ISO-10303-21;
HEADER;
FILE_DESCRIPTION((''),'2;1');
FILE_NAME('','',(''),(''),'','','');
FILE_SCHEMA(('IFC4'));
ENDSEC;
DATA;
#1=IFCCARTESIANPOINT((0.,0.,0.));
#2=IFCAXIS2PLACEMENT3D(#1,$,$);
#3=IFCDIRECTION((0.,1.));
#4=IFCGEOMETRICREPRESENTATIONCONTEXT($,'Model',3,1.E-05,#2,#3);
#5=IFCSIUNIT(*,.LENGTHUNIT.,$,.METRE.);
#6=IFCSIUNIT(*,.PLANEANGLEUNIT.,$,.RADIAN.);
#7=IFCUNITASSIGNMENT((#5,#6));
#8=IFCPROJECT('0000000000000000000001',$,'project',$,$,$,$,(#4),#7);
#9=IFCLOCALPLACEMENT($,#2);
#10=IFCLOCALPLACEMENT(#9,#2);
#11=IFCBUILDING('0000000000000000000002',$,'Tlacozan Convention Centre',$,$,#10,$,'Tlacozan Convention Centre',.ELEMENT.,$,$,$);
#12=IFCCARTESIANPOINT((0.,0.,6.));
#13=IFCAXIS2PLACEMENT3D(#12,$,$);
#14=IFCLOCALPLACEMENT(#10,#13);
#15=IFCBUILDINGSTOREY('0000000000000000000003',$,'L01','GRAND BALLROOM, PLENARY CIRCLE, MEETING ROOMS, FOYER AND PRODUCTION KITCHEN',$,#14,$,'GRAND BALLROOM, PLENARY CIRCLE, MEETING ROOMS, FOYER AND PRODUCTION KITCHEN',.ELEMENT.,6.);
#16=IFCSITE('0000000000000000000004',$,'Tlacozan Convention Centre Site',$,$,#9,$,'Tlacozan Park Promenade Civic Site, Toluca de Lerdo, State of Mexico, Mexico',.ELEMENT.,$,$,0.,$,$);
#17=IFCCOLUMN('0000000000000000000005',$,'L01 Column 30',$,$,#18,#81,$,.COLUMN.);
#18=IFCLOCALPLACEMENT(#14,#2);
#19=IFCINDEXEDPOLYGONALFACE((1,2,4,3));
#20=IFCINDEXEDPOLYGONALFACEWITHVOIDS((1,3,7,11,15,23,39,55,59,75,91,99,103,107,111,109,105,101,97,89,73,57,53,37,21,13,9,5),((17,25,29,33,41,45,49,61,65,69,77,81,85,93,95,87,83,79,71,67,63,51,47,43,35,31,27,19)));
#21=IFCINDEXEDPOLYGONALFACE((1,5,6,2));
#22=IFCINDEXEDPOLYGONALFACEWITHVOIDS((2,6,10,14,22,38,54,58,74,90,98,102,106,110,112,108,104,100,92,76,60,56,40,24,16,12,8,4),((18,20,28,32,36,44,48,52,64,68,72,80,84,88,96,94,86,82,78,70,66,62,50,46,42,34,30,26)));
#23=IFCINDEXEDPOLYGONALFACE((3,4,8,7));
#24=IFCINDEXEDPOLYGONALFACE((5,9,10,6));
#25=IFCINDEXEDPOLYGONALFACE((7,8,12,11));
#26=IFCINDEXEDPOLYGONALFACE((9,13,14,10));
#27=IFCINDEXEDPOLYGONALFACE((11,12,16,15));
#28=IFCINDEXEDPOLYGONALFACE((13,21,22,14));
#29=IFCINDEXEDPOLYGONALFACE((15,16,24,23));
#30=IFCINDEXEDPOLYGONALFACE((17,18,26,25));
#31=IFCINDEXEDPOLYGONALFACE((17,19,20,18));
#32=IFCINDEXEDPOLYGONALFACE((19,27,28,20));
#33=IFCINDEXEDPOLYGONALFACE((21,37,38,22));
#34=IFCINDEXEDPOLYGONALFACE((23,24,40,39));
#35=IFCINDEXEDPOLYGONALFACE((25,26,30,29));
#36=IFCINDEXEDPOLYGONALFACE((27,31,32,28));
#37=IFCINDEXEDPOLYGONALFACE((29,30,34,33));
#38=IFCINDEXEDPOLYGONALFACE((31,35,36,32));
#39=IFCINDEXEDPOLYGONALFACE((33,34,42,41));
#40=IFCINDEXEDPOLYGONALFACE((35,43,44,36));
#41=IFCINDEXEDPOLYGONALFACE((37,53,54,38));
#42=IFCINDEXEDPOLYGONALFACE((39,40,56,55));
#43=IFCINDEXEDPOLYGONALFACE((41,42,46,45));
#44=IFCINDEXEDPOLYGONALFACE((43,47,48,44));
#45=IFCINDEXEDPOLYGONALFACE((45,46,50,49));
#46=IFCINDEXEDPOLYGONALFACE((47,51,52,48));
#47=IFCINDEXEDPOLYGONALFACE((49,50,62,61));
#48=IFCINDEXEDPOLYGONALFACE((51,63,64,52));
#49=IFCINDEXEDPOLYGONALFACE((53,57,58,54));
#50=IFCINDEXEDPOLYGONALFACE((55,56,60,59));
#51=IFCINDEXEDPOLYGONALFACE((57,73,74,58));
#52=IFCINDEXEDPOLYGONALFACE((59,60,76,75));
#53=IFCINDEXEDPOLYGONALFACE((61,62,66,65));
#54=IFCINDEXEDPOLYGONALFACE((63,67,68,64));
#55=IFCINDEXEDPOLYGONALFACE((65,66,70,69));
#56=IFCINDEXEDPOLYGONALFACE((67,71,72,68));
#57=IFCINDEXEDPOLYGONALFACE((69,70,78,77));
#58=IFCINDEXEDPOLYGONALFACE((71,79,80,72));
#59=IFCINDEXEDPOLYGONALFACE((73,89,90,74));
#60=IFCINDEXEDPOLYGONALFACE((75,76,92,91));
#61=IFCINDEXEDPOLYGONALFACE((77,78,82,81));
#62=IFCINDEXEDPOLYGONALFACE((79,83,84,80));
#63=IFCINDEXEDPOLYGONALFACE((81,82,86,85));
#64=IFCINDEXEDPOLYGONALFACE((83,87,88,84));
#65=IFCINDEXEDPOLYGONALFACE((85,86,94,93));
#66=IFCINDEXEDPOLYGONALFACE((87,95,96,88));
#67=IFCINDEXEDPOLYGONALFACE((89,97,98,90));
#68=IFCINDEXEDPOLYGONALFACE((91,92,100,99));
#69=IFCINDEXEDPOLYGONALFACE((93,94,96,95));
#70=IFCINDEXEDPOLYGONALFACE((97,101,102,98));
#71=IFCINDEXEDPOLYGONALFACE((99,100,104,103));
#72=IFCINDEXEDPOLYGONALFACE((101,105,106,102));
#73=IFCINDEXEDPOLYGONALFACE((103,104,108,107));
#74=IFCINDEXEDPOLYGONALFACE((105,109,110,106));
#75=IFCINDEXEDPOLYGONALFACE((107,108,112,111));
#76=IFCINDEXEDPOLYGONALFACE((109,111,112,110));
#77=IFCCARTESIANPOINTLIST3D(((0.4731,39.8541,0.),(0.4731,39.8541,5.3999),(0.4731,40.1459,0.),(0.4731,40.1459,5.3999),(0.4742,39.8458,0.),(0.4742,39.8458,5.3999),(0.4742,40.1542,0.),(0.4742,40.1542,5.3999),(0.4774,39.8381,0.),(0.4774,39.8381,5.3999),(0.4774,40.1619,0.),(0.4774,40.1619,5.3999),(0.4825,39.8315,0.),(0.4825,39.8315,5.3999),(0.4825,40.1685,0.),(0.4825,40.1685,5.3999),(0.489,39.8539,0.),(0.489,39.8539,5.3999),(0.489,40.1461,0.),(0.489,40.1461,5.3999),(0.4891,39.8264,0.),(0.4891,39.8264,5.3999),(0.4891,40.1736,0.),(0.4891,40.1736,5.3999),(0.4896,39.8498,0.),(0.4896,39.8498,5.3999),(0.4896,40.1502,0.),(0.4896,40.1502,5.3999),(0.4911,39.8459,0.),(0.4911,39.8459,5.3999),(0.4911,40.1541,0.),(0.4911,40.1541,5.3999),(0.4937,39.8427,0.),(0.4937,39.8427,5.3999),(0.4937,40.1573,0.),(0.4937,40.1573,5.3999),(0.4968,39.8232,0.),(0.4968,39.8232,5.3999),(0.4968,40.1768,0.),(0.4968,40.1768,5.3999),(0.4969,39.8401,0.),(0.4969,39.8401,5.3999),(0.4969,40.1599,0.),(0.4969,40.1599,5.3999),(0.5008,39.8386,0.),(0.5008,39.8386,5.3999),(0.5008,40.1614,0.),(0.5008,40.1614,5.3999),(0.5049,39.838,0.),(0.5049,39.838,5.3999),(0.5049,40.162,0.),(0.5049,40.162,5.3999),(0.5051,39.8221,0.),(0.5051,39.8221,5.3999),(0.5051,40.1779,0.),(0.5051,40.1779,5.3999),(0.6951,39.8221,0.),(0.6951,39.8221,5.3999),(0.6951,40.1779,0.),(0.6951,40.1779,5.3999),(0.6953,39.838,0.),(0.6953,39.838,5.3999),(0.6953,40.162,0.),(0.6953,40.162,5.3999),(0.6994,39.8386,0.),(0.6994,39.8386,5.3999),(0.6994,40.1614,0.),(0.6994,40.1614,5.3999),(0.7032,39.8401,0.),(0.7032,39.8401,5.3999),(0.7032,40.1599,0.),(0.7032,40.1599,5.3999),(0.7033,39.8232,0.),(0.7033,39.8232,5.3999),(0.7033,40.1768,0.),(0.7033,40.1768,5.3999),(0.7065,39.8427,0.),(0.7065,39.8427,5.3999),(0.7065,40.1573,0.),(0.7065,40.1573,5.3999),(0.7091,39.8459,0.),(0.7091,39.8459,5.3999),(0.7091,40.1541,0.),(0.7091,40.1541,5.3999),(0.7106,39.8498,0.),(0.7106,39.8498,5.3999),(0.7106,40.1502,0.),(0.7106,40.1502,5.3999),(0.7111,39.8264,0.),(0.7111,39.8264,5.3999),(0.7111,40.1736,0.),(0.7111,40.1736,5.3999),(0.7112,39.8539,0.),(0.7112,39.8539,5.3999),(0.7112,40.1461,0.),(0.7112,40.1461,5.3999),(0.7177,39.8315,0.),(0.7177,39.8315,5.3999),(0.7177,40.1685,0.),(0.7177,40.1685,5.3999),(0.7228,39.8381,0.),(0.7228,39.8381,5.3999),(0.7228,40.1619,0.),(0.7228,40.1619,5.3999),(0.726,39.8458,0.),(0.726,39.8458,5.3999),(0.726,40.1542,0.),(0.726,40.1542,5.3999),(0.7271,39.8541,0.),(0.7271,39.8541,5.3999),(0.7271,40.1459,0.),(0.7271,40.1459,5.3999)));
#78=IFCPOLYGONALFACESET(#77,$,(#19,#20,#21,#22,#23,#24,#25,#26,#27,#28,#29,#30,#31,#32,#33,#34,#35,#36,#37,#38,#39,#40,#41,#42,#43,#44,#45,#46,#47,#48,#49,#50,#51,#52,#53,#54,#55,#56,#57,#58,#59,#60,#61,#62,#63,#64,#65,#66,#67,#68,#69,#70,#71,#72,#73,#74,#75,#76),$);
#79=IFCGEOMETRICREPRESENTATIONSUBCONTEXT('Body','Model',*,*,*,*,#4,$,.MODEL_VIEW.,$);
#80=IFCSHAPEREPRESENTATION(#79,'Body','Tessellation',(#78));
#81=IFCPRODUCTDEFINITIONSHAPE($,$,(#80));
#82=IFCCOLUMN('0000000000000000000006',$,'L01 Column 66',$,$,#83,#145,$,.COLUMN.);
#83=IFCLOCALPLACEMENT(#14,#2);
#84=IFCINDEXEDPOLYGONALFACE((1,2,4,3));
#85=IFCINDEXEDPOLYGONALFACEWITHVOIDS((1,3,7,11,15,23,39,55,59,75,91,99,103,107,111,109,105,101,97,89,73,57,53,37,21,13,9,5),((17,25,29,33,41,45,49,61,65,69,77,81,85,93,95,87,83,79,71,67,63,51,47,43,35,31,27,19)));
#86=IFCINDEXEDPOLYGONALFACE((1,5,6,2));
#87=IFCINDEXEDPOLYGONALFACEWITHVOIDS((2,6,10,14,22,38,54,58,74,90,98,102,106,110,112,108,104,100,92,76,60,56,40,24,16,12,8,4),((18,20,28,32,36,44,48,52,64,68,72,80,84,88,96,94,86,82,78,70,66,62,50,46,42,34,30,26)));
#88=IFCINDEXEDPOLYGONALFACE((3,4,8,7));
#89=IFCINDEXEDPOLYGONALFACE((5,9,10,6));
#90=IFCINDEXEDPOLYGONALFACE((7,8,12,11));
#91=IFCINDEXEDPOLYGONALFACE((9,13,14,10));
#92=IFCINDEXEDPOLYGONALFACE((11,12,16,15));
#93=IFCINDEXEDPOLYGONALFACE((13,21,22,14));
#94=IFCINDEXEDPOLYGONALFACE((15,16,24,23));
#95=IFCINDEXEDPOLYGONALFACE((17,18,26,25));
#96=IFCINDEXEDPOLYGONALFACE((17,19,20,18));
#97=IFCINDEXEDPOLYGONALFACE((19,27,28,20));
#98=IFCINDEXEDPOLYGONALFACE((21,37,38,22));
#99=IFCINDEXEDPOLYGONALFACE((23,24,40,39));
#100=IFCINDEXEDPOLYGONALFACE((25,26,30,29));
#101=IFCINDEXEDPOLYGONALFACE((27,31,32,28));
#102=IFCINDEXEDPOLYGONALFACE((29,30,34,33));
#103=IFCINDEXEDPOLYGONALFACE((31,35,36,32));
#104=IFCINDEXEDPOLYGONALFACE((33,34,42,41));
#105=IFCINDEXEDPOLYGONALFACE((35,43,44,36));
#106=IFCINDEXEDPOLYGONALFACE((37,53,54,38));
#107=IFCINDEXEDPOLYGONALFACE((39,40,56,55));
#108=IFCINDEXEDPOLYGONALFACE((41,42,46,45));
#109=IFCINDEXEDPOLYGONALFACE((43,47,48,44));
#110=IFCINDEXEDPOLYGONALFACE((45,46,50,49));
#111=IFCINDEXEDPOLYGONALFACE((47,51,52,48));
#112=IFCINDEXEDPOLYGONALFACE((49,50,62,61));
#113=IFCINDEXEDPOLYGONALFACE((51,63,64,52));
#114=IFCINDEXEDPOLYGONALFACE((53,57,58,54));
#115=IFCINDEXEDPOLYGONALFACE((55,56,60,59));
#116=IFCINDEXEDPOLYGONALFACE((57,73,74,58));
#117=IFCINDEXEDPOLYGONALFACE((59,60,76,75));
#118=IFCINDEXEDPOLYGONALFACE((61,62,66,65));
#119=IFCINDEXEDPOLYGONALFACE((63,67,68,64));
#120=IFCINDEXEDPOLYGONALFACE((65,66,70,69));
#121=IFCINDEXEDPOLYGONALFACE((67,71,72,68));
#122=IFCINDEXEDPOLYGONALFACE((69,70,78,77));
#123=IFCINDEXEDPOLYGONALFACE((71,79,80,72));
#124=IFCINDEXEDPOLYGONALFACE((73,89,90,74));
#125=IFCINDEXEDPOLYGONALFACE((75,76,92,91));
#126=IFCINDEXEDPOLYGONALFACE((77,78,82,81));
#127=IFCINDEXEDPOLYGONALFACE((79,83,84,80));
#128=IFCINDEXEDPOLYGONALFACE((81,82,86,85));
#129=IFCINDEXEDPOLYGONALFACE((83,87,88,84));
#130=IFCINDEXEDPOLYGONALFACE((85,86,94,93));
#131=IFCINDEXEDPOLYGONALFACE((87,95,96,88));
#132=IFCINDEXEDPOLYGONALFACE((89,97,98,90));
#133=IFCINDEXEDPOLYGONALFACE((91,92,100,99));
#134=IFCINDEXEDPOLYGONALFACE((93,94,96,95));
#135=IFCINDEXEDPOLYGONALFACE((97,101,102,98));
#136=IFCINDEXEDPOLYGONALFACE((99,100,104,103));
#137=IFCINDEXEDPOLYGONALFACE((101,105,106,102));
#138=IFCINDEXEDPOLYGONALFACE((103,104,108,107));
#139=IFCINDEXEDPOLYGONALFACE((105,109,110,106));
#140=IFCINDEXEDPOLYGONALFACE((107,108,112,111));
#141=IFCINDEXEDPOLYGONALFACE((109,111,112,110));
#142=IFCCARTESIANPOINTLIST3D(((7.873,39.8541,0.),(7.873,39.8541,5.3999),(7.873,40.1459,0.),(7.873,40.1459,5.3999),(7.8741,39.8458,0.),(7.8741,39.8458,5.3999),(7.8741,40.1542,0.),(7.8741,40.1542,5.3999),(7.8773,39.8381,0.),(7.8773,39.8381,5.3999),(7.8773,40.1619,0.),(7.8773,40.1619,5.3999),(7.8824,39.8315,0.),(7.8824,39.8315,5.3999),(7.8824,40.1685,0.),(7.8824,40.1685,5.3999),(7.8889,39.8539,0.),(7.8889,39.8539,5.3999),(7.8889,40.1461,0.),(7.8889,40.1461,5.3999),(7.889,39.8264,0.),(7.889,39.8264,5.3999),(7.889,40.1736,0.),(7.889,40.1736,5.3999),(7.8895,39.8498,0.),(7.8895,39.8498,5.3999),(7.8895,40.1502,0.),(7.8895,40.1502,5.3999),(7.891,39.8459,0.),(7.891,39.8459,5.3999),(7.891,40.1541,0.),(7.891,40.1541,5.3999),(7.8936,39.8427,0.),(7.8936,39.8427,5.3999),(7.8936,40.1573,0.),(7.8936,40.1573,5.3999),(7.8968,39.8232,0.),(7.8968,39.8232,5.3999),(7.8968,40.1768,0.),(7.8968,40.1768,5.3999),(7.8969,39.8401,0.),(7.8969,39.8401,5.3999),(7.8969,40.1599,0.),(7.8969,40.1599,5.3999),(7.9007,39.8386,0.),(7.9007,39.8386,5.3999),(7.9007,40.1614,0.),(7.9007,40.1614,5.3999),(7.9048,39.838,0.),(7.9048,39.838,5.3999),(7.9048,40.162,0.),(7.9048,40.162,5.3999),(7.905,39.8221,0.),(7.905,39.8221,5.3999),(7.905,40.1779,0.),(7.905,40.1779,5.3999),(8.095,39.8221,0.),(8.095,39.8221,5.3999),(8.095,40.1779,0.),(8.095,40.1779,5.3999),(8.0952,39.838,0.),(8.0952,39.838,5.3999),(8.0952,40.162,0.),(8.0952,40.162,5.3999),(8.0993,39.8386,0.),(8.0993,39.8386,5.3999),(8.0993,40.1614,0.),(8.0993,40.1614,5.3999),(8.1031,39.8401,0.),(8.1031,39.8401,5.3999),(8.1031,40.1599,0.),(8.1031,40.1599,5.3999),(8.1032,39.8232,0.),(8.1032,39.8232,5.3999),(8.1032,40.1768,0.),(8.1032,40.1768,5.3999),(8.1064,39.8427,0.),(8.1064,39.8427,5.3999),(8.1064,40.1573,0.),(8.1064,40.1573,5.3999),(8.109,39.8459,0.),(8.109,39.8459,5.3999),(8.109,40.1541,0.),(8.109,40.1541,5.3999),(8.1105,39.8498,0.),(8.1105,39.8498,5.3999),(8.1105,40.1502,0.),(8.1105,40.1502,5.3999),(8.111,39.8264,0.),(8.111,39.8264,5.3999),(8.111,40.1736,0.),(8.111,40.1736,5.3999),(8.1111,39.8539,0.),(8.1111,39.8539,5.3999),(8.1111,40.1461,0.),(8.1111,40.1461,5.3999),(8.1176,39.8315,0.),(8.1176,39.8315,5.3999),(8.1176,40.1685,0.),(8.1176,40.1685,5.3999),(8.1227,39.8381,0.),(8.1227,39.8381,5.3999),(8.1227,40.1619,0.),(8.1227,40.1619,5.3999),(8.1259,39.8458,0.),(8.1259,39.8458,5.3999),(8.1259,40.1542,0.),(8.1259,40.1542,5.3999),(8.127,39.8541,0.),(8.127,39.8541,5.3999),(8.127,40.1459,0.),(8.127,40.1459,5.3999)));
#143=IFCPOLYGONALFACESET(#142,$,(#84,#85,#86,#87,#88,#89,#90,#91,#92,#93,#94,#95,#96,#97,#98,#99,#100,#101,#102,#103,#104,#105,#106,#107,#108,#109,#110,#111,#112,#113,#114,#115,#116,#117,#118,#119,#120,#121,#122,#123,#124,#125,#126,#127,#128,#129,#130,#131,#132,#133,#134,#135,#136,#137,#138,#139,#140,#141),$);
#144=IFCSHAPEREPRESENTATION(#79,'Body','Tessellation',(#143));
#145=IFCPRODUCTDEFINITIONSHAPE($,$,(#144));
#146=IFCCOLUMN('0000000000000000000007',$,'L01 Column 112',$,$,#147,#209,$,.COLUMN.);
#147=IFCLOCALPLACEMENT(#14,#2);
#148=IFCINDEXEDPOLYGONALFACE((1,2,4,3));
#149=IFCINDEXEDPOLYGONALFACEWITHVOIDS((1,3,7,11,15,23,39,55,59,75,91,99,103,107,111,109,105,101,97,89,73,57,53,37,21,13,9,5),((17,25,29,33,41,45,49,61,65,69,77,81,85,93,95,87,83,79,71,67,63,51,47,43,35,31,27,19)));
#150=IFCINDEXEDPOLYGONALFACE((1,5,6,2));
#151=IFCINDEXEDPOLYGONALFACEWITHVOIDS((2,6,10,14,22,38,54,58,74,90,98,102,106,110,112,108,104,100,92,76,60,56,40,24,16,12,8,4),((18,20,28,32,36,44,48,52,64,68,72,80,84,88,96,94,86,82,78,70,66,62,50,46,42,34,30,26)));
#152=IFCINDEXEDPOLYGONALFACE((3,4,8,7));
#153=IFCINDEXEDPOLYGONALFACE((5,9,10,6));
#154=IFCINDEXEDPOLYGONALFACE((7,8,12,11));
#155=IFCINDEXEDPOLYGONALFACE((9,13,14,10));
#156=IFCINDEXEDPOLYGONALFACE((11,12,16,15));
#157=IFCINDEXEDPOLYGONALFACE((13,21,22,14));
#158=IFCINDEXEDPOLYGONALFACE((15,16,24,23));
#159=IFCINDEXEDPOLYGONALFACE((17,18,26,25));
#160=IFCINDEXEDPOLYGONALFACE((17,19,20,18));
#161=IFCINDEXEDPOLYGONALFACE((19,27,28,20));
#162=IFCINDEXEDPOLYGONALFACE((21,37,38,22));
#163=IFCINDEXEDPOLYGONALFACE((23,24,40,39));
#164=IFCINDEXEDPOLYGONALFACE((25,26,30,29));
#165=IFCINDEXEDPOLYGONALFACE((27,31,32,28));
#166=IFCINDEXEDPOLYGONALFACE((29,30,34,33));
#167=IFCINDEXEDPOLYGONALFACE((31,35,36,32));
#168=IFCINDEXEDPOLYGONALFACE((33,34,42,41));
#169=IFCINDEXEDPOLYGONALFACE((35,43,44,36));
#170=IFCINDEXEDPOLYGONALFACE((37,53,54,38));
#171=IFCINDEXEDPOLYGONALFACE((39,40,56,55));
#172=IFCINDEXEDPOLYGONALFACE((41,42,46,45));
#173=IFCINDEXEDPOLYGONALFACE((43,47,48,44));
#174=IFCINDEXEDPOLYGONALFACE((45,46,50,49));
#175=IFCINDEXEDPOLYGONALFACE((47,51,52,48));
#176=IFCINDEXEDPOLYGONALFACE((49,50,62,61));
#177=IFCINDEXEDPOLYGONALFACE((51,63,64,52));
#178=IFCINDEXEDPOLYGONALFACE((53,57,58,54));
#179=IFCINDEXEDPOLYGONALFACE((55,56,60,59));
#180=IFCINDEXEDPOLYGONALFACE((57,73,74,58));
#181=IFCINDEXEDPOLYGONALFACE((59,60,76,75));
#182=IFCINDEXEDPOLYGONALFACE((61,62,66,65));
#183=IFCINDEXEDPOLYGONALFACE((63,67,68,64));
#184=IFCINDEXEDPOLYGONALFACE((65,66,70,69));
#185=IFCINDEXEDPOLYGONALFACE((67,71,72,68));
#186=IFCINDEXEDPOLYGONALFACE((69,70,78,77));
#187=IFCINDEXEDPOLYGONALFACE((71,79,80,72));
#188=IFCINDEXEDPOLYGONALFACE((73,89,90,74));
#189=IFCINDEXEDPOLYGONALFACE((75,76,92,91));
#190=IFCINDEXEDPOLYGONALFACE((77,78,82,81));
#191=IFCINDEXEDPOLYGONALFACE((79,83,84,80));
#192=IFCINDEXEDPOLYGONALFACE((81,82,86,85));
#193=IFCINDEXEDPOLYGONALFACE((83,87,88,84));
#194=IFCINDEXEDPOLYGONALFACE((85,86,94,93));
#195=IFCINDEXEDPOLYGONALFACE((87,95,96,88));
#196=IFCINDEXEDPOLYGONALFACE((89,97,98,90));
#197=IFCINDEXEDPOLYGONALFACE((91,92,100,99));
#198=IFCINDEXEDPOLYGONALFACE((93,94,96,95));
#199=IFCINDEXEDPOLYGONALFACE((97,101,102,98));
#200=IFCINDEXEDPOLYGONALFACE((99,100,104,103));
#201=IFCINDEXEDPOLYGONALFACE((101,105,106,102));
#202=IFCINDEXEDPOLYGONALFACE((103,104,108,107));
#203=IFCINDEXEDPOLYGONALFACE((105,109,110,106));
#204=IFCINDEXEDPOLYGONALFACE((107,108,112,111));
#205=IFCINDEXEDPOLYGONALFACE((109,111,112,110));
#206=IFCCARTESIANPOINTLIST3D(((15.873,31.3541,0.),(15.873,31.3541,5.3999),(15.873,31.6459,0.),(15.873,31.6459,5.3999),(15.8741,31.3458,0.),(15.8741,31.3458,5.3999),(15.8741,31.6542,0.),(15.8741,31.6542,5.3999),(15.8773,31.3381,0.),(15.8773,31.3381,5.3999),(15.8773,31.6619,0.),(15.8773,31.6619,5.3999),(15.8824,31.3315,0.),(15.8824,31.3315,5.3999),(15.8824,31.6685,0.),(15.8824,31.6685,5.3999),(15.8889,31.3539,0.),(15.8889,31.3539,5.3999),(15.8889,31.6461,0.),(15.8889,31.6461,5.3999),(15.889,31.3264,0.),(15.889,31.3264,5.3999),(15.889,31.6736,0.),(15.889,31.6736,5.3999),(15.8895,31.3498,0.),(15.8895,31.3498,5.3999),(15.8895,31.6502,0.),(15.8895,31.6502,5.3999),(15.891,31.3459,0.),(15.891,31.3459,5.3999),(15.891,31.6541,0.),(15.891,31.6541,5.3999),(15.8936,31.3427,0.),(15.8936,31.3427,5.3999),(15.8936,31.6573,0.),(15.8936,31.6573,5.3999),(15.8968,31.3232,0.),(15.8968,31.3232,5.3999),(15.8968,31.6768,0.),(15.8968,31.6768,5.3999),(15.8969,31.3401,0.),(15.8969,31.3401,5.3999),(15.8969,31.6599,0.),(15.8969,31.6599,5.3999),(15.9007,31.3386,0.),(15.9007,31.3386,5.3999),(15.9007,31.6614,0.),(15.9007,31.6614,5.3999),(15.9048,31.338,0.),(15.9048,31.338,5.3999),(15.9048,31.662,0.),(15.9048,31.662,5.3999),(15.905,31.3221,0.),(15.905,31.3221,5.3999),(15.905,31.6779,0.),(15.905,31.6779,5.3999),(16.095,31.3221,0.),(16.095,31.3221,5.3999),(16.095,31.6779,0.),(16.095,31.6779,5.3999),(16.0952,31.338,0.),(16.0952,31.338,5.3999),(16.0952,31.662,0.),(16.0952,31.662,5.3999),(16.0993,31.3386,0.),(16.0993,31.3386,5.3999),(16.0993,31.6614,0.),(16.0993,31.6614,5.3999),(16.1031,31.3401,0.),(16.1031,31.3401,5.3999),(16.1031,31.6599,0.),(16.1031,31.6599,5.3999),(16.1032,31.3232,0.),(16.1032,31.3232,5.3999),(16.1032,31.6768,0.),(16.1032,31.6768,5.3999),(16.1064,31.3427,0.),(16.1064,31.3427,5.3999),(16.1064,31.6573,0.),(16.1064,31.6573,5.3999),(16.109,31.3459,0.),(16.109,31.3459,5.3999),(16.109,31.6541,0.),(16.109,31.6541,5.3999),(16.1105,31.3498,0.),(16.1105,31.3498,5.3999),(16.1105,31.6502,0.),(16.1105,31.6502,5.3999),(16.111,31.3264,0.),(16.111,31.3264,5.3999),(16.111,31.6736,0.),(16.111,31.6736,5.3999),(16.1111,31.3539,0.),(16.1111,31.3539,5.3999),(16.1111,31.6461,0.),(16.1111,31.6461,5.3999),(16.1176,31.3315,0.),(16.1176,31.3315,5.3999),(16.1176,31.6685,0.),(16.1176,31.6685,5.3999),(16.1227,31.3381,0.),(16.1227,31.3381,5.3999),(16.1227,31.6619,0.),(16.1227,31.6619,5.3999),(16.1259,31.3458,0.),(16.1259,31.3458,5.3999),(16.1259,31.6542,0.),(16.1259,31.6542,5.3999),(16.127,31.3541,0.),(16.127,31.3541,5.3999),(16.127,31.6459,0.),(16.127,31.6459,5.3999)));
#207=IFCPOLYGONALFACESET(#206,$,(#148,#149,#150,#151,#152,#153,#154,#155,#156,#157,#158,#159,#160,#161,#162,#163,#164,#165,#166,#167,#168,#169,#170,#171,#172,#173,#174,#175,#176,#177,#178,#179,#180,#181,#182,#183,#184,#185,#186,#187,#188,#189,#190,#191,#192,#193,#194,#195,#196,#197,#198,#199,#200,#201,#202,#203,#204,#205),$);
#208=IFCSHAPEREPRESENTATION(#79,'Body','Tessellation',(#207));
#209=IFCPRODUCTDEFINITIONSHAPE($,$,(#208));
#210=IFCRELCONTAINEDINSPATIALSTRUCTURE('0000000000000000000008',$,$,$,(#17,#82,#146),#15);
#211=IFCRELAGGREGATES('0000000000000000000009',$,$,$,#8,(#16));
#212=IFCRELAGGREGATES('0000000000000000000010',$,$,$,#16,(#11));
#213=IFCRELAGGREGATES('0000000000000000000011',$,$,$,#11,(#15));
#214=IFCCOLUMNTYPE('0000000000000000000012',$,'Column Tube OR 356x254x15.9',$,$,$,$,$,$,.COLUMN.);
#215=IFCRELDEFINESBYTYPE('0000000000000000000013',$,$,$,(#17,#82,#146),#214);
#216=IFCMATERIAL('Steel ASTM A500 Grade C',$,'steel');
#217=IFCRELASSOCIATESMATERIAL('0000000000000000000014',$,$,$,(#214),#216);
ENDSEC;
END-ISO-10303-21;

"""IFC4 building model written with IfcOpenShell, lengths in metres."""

from ifc_helpers import new_model, si_unit, direction, frame, origin, origin_2d, place, context, subcontext, project, spatial, hollow_rectangle, extrude, material, material_profile, profile_set, type_object, element, save


model = new_model("IFC4")

# Units and contexts
model_context = context("Model", 3, precision=1e-05, world=origin(), true_north=direction((0.0, 1.0)))
body_context = subcontext(model_context, "Body", "Model", "MODEL_VIEW")
ifc_project = project(units=[si_unit("LENGTHUNIT", "METRE"), si_unit("PLANEANGLEUNIT", "RADIAN")], contexts=[model_context])

# Site, building, storey
site_placement = place(None, origin())
site = spatial("IfcSite", under=ifc_project, at=site_placement, Name="Tlacozan Convention Centre Site", LongName="Tlacozan Park Promenade Civic Site, Toluca de Lerdo, State of Mexico, Mexico", CompositionType="ELEMENT", RefElevation=0.0)
building_placement = place(site_placement, origin())
building = spatial("IfcBuilding", under=site, at=building_placement, Name="Tlacozan Convention Centre", LongName="Tlacozan Convention Centre", CompositionType="ELEMENT")
storey_placement = place(building_placement, frame((0.0, 0.0, 6.0)))
storey = spatial("IfcBuildingStorey", under=building, at=storey_placement, Name="L01", Description="GRAND BALLROOM, PLENARY CIRCLE, MEETING ROOMS, FOYER AND PRODUCTION KITCHEN", LongName="GRAND BALLROOM, PLENARY CIRCLE, MEETING ROOMS, FOYER AND PRODUCTION KITCHEN", CompositionType="ELEMENT", Elevation=6.0)

# Columns
ifc_material_1 = material(Name="Steel ASTM A500 Grade C", Category="steel")
ifc_material_profile_1 = material_profile(ifc_material_1, hollow_rectangle(XDim=0.2539, YDim=0.3557, WallThickness=0.0159, InnerFilletRadius=0.0159, OuterFilletRadius=0.032, at=origin_2d()), Name="OR 356x254x15.9")
ifc_profile_set_1 = profile_set([ifc_material_profile_1], Name="Steel ASTM A500 Grade C")
column_type = type_object("IfcColumnType", Name="Column Tube OR 356x254x15.9", PredefinedType="COLUMN", material=ifc_profile_set_1)
for number, where, z_axis, x_axis, name in (
    (1, (0.6001, 40.0, 0.0), (0.0, 0.0, 1.0), (1.0, 0.0, 0.0), "L01 Column 30"),
    (2, (8.0, 40.0, 0.0), (0.0, 0.0, 1.0), (1.0, 0.0, 0.0), "L01 Column 66"),
    (3, (16.0, 31.5, 0.0), (0.0, 0.0, 1.0), (1.0, 0.0, 0.0), "L01 Column 112"),
):
    element("IfcColumn", number, at=place(storey_placement, frame(where, z_axis=z_axis, x_axis=x_axis)), inside=storey, type_object=column_type, Name=name, PredefinedType="COLUMN", context=body_context, shape_type="SweptSolid", body=[
        extrude(hollow_rectangle(XDim=0.2539, YDim=0.3557, WallThickness=0.0159, InnerFilletRadius=0.0159, OuterFilletRadius=0.032, at=origin_2d()), origin(), (0.0, 0.0, 1.0), 5.3999),
    ])

save(model, "model.ifc")
